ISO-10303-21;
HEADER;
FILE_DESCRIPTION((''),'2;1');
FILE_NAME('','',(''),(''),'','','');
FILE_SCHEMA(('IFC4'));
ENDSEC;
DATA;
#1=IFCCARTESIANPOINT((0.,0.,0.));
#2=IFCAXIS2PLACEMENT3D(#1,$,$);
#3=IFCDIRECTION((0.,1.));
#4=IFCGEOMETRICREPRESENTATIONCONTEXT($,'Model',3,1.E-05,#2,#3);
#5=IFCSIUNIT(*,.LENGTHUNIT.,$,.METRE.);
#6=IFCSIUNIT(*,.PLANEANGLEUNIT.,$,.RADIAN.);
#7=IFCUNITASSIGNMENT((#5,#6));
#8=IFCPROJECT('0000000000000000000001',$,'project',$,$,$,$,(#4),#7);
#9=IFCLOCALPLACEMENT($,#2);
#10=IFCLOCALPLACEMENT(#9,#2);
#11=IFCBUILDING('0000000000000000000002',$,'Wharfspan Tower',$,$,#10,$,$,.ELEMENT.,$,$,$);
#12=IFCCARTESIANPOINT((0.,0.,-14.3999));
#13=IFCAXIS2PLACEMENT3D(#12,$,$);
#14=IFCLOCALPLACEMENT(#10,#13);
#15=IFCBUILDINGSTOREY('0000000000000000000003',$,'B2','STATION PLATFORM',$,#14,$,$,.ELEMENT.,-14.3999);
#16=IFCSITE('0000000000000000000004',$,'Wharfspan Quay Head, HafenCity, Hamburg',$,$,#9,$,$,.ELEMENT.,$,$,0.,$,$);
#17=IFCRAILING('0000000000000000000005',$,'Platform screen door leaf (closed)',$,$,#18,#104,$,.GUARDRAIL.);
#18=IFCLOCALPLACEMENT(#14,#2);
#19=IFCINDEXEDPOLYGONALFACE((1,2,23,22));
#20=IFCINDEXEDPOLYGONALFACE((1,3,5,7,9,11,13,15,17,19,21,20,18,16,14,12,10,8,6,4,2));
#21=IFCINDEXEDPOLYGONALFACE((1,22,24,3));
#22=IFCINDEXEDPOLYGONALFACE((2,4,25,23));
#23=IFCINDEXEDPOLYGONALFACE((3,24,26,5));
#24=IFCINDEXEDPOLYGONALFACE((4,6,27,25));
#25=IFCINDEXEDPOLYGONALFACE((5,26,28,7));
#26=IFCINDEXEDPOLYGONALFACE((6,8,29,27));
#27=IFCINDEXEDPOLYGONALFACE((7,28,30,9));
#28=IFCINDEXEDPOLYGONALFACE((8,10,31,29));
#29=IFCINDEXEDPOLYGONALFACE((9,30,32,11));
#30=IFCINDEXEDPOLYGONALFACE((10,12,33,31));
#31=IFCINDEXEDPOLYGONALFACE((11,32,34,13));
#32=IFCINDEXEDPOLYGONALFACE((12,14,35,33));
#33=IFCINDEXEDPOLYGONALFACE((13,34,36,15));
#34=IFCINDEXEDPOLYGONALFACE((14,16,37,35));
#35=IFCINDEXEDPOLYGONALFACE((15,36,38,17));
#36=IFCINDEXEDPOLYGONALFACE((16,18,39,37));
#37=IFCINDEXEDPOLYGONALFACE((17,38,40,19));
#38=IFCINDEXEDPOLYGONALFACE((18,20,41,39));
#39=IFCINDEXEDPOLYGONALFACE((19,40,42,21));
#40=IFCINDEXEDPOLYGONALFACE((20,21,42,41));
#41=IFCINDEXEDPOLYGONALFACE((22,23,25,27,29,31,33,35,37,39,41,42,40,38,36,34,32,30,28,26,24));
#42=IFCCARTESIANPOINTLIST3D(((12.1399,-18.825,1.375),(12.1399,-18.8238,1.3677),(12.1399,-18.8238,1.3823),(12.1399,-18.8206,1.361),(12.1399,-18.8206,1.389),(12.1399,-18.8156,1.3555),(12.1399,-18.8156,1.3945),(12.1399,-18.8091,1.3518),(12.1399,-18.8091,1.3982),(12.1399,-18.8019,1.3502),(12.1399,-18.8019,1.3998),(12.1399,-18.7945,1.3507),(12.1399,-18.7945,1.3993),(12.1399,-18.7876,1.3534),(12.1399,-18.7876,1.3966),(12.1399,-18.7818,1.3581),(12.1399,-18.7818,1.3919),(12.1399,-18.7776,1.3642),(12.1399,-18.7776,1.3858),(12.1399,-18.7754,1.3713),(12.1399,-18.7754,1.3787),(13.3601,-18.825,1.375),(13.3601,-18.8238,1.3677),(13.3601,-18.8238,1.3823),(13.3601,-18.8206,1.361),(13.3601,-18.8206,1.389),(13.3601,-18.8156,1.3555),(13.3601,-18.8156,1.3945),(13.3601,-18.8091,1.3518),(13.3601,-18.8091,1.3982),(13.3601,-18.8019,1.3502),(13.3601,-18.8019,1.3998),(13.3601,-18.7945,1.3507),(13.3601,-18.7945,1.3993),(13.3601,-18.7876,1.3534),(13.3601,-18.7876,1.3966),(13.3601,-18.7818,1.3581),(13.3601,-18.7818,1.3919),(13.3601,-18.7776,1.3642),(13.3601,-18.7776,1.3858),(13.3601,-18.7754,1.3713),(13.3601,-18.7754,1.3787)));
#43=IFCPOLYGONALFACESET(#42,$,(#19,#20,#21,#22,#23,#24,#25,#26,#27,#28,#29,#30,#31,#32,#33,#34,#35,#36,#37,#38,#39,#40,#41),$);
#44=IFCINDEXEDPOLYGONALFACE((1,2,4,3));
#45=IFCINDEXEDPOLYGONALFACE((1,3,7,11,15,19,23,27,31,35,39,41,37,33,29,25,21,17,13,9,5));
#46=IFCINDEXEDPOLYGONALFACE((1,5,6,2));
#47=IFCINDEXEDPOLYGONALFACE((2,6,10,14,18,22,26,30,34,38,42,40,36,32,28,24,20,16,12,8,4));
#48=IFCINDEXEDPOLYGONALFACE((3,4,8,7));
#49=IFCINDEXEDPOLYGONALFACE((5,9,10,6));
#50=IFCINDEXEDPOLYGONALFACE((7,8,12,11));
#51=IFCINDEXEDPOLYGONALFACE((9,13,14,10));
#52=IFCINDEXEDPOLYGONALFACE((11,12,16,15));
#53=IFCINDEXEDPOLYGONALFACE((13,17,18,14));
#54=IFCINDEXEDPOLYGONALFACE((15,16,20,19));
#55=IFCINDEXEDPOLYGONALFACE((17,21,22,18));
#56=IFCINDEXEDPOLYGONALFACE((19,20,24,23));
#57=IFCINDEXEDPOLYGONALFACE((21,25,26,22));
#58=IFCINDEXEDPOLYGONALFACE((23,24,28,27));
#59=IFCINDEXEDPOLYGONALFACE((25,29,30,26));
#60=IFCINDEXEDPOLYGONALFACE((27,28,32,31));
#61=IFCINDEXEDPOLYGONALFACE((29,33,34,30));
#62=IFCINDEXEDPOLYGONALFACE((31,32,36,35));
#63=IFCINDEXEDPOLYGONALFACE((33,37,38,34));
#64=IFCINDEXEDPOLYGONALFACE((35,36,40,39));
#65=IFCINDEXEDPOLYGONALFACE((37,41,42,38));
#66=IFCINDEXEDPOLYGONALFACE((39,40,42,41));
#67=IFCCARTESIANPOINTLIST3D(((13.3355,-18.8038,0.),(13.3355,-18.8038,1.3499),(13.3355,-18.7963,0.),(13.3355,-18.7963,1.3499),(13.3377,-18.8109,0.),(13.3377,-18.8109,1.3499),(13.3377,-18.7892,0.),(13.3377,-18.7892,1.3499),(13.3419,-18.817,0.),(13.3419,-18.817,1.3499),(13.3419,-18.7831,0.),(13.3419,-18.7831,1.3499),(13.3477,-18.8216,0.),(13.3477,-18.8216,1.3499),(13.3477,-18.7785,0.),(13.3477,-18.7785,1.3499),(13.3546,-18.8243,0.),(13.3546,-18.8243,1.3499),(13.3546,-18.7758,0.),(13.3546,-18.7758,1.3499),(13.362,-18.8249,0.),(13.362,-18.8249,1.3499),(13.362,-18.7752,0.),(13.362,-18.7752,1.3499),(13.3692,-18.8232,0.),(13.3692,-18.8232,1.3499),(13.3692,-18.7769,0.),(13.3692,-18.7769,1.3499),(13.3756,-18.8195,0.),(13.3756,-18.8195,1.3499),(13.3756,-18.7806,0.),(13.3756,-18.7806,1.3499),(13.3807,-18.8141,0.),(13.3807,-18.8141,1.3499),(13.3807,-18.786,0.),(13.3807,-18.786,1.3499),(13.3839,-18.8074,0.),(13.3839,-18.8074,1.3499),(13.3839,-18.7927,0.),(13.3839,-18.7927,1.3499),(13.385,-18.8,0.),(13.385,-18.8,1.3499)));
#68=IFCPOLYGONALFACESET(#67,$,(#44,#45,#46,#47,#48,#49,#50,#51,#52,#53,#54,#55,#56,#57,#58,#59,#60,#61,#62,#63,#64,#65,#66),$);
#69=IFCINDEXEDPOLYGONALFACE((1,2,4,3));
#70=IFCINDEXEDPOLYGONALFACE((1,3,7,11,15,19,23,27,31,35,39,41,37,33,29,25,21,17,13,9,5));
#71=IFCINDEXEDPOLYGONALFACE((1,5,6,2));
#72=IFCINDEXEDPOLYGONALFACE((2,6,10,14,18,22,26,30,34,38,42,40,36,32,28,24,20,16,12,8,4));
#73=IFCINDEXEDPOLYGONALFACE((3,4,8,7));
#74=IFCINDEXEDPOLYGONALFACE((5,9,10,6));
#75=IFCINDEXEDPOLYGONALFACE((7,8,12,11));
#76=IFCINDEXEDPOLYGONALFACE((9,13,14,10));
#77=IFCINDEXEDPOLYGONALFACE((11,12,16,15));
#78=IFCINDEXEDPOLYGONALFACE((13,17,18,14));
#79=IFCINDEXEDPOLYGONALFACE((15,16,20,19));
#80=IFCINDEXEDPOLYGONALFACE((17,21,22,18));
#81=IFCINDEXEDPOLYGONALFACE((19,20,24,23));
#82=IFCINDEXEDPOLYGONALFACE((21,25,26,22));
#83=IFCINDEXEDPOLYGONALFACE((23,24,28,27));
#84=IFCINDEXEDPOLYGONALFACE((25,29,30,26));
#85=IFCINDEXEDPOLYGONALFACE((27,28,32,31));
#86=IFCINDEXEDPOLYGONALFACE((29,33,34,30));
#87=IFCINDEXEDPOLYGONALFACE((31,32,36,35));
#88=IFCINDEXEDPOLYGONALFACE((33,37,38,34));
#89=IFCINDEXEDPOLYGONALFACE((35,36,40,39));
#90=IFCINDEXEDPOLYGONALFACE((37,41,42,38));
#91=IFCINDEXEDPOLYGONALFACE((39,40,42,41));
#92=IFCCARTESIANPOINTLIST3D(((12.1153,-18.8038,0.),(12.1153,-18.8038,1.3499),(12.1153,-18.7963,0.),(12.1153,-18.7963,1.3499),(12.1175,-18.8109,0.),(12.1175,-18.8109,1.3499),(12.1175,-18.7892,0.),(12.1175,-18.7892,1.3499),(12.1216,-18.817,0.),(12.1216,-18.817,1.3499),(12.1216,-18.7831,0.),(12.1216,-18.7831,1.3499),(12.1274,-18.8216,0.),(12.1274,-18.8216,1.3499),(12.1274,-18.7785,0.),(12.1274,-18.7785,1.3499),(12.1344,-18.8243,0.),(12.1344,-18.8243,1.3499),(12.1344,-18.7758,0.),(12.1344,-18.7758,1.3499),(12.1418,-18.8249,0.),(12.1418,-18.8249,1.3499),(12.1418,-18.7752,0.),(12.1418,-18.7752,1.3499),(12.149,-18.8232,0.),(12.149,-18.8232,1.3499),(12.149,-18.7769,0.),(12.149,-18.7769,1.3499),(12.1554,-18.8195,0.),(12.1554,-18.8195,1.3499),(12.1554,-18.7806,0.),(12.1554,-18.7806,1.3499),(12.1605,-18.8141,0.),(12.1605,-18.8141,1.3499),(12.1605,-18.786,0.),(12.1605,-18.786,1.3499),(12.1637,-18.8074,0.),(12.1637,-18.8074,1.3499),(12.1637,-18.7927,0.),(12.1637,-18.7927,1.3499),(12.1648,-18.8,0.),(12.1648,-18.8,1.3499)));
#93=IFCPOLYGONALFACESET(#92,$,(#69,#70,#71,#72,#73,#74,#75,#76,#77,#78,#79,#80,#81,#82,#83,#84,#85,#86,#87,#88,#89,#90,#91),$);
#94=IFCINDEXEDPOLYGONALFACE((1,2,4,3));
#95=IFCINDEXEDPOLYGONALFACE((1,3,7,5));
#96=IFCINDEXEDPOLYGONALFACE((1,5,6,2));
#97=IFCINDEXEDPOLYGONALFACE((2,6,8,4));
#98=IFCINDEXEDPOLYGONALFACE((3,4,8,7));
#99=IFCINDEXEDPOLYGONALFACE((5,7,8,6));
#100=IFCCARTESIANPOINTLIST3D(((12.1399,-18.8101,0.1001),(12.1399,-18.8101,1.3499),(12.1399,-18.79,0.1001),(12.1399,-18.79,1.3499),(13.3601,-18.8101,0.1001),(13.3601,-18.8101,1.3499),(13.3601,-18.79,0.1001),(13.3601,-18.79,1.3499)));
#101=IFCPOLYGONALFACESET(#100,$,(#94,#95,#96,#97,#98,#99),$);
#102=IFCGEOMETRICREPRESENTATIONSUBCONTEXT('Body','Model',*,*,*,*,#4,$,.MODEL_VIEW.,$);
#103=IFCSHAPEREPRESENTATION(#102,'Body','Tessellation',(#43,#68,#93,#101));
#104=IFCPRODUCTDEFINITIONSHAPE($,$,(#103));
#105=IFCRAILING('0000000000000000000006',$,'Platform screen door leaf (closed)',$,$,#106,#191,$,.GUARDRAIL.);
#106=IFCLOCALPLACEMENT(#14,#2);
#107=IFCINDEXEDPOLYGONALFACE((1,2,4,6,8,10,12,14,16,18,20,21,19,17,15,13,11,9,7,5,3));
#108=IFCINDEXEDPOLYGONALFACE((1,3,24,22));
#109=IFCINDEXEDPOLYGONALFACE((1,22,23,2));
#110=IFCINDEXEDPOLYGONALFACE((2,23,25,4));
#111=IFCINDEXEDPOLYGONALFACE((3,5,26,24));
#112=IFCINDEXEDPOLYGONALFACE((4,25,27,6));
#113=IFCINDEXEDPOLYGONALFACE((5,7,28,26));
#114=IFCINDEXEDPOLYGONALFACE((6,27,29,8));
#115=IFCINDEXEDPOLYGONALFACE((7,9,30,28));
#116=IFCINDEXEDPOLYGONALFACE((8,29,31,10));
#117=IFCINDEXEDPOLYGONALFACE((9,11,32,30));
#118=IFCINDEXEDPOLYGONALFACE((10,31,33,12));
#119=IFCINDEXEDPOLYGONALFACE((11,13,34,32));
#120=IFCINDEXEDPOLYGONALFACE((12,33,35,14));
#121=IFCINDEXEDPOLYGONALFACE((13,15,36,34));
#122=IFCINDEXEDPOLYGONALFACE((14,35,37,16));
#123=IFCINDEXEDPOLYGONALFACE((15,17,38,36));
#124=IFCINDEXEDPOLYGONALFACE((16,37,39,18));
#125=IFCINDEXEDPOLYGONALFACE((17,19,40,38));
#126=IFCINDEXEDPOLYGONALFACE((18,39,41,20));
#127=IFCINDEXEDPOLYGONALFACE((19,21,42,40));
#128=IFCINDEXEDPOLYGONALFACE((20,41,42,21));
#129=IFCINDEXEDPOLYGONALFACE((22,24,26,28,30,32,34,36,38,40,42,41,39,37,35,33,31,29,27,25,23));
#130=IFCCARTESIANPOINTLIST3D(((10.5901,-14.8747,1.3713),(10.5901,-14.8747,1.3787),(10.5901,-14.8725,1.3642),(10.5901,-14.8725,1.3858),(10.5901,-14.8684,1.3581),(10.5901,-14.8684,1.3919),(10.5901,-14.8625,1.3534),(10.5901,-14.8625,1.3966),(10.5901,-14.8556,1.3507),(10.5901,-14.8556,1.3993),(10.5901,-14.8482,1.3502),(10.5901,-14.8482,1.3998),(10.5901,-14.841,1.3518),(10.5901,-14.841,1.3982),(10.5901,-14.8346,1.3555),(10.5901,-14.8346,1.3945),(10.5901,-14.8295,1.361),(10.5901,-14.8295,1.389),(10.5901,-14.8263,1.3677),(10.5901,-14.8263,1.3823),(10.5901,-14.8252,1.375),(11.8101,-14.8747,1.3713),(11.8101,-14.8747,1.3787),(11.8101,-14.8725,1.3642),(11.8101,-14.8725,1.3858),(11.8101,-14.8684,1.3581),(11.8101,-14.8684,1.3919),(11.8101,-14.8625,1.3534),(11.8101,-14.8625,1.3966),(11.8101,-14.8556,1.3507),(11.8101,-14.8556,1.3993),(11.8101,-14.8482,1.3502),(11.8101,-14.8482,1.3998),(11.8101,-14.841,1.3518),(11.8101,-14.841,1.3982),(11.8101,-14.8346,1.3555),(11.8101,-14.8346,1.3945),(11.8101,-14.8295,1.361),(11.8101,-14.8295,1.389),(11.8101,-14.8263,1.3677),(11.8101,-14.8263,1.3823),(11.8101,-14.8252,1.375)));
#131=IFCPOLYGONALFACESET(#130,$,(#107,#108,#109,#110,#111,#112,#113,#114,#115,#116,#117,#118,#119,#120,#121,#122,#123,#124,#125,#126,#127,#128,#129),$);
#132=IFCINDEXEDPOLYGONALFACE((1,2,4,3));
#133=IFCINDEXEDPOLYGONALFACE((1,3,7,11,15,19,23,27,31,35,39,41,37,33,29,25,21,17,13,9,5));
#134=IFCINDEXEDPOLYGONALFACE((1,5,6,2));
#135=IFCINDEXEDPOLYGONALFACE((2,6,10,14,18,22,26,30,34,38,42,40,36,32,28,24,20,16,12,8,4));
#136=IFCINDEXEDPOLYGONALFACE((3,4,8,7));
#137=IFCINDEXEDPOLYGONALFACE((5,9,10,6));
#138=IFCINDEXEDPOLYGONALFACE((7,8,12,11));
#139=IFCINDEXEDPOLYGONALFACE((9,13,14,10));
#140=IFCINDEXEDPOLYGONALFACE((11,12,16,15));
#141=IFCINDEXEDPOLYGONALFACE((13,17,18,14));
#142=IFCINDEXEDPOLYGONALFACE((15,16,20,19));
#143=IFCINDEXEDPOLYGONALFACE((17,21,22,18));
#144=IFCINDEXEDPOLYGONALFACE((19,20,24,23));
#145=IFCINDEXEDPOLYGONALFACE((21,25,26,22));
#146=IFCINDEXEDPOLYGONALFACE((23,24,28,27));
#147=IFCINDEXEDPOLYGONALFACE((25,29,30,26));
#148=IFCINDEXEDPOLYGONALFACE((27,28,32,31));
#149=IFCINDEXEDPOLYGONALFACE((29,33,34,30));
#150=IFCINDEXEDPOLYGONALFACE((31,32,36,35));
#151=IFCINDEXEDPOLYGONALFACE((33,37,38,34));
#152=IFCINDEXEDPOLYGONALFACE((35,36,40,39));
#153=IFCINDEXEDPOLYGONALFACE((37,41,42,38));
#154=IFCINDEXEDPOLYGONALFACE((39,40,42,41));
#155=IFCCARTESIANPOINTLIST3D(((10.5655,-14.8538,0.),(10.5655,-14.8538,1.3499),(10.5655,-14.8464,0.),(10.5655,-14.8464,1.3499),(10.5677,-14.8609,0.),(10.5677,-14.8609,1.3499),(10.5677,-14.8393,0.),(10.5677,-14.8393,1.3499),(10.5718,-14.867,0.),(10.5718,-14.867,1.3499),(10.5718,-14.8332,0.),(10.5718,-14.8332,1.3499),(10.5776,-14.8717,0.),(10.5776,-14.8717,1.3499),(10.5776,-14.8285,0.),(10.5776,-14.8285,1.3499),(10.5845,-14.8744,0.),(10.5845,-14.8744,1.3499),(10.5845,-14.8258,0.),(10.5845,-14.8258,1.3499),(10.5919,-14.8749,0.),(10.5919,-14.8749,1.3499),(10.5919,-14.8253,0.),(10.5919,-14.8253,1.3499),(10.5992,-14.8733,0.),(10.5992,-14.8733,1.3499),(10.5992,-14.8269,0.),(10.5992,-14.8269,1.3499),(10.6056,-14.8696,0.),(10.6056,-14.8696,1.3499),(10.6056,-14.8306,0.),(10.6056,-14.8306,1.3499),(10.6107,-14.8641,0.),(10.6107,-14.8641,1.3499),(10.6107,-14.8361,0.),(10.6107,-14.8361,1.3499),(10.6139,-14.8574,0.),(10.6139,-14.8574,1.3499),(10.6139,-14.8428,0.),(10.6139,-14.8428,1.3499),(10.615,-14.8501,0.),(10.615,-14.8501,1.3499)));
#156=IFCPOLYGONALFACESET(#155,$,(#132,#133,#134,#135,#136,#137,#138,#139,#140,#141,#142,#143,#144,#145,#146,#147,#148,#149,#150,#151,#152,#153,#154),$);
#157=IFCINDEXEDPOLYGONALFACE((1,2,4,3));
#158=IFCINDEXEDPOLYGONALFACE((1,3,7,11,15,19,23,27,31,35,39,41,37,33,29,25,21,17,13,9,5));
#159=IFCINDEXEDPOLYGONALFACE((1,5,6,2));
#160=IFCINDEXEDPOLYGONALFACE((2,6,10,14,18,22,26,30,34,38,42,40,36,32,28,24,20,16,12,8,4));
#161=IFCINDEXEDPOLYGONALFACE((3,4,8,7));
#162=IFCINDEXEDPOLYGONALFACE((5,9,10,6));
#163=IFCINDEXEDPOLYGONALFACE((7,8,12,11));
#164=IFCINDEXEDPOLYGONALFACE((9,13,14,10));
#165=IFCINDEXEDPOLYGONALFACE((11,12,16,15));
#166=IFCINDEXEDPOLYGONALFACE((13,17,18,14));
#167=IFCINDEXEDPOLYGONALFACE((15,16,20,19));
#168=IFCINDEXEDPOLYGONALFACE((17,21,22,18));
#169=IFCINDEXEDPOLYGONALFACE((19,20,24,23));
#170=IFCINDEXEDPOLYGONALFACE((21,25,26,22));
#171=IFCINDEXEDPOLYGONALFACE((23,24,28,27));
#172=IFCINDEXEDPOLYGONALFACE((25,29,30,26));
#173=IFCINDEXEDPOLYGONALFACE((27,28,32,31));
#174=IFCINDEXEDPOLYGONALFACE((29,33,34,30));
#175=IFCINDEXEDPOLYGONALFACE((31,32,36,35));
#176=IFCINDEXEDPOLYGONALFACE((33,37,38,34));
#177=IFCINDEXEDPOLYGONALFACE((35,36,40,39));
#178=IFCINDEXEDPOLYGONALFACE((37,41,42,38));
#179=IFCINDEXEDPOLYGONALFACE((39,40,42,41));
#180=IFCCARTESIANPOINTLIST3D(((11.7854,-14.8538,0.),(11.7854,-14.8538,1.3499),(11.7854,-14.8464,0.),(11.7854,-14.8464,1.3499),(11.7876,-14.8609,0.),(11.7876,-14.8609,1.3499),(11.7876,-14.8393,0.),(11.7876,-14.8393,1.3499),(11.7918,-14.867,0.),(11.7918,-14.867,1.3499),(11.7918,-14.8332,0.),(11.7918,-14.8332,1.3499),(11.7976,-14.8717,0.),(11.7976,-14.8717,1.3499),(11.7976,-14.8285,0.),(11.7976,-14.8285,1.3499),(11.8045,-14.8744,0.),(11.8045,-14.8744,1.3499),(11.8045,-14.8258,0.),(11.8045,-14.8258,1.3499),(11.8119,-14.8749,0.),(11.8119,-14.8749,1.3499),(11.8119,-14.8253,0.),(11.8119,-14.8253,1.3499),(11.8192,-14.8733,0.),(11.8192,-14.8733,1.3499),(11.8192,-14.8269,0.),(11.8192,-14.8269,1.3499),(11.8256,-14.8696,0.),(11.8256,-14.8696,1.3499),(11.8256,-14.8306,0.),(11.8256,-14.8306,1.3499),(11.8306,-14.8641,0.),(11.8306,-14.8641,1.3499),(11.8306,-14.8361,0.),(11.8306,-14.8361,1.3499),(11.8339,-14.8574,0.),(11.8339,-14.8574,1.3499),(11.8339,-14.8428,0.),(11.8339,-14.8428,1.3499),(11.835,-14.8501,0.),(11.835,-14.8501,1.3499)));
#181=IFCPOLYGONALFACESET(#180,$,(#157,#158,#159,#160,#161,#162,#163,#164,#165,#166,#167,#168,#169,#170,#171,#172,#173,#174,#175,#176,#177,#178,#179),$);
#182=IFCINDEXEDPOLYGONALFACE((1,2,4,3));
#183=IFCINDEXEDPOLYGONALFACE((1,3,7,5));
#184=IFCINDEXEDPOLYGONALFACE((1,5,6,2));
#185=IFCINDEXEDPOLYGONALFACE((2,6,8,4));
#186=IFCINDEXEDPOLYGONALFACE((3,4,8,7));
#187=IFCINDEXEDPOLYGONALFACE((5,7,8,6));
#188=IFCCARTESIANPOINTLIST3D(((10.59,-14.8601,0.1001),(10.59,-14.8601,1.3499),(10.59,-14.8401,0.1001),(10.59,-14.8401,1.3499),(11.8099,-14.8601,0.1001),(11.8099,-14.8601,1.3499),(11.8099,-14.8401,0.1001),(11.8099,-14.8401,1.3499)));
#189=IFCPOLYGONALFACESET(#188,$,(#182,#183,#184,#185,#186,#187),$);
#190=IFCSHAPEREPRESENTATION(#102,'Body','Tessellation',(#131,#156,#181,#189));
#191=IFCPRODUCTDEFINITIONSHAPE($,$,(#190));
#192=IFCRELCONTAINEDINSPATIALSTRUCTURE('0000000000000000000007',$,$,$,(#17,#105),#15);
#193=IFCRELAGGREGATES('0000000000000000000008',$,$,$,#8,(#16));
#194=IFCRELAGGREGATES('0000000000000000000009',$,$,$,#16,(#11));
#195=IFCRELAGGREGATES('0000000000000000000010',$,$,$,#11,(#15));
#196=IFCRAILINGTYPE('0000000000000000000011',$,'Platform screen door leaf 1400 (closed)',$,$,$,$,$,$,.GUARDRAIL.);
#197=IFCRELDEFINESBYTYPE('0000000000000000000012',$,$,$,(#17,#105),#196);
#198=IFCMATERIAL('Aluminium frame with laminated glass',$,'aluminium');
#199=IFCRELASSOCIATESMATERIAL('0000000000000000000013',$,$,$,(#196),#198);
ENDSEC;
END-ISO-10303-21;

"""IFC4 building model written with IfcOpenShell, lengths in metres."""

from ifc_helpers import new_model, si_unit, direction, frame, origin, origin_2d, place, context, subcontext, project, spatial, rectangle, circle, extrude, material, type_object, element, save


model = new_model("IFC4")

# Units and contexts
model_context = context("Model", 3, precision=1e-05, world=origin(), true_north=direction((0.0, 1.0)))
body_context = subcontext(model_context, "Body", "Model", "MODEL_VIEW")
ifc_project = project(units=[si_unit("LENGTHUNIT", "METRE"), si_unit("PLANEANGLEUNIT", "RADIAN")], contexts=[model_context])

# Site, building, storey
site_placement = place(None, origin())
site = spatial("IfcSite", under=ifc_project, at=site_placement, Name="Wharfspan Quay Head, HafenCity, Hamburg", CompositionType="ELEMENT", RefElevation=0.0)
building_placement = place(site_placement, origin())
building = spatial("IfcBuilding", under=site, at=building_placement, Name="Wharfspan Tower", CompositionType="ELEMENT")
storey_placement = place(building_placement, frame((0.0, 0.0, -14.3999)))
storey = spatial("IfcBuildingStorey", under=building, at=storey_placement, Name="B2", Description="STATION PLATFORM", CompositionType="ELEMENT", Elevation=-14.3999)

# Railings
ifc_material_1 = material(Name="Aluminium frame with laminated glass", Category="aluminium")
railing_type_1 = type_object("IfcRailingType", Name="Platform screen door leaf 1400 (closed)", PredefinedType="GUARDRAIL", material=ifc_material_1)
railing_1_placement = place(storey_placement, frame((13.3601, -18.8, 0.0)))
element("IfcRailing", 1, at=railing_1_placement, inside=storey, type_object=railing_type_1, Name="Platform screen door leaf (closed)", PredefinedType="GUARDRAIL", context=body_context, shape_type="SweptSolid", body=[
    extrude(circle(Radius=0.0249, at=origin_2d()), frame((0.0, 0.0, 1.375), z_axis=(-1.0, 0.0, 0.0), x_axis=(0.0, -1.0, 0.0)), (0.0, 0.0, 1.0), 1.2202),
    extrude(circle(Radius=0.0249, at=origin_2d()), origin(), (0.0, 0.0, 1.0), 1.3499),
    extrude(circle(Radius=0.0249, at=origin_2d()), frame((-1.2202, 0.0, 0.0)), (0.0, 0.0, 1.0), 1.3499),
    extrude(rectangle(XDim=1.2202, YDim=0.02, at=origin_2d()), frame((-0.6101, 0.0, 0.1001), z_axis=(0.0, 0.0, 1.0), x_axis=(-1.0, 0.0, 0.0)), (0.0, 0.0, 1.0), 1.2498),
])
for number, where, name in (
    (2, (10.5901, -14.8501, 0.0), "Platform screen door leaf (closed)"),
):
    element("IfcRailing", number, at=place(storey_placement, frame(where)), inside=storey, type_object=railing_type_1, Name=name, PredefinedType="GUARDRAIL", context=body_context, shape_type="SweptSolid", body=[
        extrude(circle(Radius=0.0249, at=origin_2d()), frame((0.0, 0.0, 1.375), z_axis=(1.0, 0.0, 0.0), x_axis=(0.0, 1.0, 0.0)), (0.0, 0.0, 1.0), 1.22),
        extrude(circle(Radius=0.0249, at=origin_2d()), origin(), (0.0, 0.0, 1.0), 1.3499),
        extrude(circle(Radius=0.0249, at=origin_2d()), frame((1.22, 0.0, 0.0)), (0.0, 0.0, 1.0), 1.3499),
        extrude(rectangle(XDim=1.22, YDim=0.02, at=origin_2d()), frame((0.6099, 0.0, 0.1001), z_axis=(0.0, 0.0, 1.0), x_axis=(1.0, 0.0, 0.0)), (0.0, 0.0, 1.0), 1.2498),
    ])

save(model, "model.ifc")
